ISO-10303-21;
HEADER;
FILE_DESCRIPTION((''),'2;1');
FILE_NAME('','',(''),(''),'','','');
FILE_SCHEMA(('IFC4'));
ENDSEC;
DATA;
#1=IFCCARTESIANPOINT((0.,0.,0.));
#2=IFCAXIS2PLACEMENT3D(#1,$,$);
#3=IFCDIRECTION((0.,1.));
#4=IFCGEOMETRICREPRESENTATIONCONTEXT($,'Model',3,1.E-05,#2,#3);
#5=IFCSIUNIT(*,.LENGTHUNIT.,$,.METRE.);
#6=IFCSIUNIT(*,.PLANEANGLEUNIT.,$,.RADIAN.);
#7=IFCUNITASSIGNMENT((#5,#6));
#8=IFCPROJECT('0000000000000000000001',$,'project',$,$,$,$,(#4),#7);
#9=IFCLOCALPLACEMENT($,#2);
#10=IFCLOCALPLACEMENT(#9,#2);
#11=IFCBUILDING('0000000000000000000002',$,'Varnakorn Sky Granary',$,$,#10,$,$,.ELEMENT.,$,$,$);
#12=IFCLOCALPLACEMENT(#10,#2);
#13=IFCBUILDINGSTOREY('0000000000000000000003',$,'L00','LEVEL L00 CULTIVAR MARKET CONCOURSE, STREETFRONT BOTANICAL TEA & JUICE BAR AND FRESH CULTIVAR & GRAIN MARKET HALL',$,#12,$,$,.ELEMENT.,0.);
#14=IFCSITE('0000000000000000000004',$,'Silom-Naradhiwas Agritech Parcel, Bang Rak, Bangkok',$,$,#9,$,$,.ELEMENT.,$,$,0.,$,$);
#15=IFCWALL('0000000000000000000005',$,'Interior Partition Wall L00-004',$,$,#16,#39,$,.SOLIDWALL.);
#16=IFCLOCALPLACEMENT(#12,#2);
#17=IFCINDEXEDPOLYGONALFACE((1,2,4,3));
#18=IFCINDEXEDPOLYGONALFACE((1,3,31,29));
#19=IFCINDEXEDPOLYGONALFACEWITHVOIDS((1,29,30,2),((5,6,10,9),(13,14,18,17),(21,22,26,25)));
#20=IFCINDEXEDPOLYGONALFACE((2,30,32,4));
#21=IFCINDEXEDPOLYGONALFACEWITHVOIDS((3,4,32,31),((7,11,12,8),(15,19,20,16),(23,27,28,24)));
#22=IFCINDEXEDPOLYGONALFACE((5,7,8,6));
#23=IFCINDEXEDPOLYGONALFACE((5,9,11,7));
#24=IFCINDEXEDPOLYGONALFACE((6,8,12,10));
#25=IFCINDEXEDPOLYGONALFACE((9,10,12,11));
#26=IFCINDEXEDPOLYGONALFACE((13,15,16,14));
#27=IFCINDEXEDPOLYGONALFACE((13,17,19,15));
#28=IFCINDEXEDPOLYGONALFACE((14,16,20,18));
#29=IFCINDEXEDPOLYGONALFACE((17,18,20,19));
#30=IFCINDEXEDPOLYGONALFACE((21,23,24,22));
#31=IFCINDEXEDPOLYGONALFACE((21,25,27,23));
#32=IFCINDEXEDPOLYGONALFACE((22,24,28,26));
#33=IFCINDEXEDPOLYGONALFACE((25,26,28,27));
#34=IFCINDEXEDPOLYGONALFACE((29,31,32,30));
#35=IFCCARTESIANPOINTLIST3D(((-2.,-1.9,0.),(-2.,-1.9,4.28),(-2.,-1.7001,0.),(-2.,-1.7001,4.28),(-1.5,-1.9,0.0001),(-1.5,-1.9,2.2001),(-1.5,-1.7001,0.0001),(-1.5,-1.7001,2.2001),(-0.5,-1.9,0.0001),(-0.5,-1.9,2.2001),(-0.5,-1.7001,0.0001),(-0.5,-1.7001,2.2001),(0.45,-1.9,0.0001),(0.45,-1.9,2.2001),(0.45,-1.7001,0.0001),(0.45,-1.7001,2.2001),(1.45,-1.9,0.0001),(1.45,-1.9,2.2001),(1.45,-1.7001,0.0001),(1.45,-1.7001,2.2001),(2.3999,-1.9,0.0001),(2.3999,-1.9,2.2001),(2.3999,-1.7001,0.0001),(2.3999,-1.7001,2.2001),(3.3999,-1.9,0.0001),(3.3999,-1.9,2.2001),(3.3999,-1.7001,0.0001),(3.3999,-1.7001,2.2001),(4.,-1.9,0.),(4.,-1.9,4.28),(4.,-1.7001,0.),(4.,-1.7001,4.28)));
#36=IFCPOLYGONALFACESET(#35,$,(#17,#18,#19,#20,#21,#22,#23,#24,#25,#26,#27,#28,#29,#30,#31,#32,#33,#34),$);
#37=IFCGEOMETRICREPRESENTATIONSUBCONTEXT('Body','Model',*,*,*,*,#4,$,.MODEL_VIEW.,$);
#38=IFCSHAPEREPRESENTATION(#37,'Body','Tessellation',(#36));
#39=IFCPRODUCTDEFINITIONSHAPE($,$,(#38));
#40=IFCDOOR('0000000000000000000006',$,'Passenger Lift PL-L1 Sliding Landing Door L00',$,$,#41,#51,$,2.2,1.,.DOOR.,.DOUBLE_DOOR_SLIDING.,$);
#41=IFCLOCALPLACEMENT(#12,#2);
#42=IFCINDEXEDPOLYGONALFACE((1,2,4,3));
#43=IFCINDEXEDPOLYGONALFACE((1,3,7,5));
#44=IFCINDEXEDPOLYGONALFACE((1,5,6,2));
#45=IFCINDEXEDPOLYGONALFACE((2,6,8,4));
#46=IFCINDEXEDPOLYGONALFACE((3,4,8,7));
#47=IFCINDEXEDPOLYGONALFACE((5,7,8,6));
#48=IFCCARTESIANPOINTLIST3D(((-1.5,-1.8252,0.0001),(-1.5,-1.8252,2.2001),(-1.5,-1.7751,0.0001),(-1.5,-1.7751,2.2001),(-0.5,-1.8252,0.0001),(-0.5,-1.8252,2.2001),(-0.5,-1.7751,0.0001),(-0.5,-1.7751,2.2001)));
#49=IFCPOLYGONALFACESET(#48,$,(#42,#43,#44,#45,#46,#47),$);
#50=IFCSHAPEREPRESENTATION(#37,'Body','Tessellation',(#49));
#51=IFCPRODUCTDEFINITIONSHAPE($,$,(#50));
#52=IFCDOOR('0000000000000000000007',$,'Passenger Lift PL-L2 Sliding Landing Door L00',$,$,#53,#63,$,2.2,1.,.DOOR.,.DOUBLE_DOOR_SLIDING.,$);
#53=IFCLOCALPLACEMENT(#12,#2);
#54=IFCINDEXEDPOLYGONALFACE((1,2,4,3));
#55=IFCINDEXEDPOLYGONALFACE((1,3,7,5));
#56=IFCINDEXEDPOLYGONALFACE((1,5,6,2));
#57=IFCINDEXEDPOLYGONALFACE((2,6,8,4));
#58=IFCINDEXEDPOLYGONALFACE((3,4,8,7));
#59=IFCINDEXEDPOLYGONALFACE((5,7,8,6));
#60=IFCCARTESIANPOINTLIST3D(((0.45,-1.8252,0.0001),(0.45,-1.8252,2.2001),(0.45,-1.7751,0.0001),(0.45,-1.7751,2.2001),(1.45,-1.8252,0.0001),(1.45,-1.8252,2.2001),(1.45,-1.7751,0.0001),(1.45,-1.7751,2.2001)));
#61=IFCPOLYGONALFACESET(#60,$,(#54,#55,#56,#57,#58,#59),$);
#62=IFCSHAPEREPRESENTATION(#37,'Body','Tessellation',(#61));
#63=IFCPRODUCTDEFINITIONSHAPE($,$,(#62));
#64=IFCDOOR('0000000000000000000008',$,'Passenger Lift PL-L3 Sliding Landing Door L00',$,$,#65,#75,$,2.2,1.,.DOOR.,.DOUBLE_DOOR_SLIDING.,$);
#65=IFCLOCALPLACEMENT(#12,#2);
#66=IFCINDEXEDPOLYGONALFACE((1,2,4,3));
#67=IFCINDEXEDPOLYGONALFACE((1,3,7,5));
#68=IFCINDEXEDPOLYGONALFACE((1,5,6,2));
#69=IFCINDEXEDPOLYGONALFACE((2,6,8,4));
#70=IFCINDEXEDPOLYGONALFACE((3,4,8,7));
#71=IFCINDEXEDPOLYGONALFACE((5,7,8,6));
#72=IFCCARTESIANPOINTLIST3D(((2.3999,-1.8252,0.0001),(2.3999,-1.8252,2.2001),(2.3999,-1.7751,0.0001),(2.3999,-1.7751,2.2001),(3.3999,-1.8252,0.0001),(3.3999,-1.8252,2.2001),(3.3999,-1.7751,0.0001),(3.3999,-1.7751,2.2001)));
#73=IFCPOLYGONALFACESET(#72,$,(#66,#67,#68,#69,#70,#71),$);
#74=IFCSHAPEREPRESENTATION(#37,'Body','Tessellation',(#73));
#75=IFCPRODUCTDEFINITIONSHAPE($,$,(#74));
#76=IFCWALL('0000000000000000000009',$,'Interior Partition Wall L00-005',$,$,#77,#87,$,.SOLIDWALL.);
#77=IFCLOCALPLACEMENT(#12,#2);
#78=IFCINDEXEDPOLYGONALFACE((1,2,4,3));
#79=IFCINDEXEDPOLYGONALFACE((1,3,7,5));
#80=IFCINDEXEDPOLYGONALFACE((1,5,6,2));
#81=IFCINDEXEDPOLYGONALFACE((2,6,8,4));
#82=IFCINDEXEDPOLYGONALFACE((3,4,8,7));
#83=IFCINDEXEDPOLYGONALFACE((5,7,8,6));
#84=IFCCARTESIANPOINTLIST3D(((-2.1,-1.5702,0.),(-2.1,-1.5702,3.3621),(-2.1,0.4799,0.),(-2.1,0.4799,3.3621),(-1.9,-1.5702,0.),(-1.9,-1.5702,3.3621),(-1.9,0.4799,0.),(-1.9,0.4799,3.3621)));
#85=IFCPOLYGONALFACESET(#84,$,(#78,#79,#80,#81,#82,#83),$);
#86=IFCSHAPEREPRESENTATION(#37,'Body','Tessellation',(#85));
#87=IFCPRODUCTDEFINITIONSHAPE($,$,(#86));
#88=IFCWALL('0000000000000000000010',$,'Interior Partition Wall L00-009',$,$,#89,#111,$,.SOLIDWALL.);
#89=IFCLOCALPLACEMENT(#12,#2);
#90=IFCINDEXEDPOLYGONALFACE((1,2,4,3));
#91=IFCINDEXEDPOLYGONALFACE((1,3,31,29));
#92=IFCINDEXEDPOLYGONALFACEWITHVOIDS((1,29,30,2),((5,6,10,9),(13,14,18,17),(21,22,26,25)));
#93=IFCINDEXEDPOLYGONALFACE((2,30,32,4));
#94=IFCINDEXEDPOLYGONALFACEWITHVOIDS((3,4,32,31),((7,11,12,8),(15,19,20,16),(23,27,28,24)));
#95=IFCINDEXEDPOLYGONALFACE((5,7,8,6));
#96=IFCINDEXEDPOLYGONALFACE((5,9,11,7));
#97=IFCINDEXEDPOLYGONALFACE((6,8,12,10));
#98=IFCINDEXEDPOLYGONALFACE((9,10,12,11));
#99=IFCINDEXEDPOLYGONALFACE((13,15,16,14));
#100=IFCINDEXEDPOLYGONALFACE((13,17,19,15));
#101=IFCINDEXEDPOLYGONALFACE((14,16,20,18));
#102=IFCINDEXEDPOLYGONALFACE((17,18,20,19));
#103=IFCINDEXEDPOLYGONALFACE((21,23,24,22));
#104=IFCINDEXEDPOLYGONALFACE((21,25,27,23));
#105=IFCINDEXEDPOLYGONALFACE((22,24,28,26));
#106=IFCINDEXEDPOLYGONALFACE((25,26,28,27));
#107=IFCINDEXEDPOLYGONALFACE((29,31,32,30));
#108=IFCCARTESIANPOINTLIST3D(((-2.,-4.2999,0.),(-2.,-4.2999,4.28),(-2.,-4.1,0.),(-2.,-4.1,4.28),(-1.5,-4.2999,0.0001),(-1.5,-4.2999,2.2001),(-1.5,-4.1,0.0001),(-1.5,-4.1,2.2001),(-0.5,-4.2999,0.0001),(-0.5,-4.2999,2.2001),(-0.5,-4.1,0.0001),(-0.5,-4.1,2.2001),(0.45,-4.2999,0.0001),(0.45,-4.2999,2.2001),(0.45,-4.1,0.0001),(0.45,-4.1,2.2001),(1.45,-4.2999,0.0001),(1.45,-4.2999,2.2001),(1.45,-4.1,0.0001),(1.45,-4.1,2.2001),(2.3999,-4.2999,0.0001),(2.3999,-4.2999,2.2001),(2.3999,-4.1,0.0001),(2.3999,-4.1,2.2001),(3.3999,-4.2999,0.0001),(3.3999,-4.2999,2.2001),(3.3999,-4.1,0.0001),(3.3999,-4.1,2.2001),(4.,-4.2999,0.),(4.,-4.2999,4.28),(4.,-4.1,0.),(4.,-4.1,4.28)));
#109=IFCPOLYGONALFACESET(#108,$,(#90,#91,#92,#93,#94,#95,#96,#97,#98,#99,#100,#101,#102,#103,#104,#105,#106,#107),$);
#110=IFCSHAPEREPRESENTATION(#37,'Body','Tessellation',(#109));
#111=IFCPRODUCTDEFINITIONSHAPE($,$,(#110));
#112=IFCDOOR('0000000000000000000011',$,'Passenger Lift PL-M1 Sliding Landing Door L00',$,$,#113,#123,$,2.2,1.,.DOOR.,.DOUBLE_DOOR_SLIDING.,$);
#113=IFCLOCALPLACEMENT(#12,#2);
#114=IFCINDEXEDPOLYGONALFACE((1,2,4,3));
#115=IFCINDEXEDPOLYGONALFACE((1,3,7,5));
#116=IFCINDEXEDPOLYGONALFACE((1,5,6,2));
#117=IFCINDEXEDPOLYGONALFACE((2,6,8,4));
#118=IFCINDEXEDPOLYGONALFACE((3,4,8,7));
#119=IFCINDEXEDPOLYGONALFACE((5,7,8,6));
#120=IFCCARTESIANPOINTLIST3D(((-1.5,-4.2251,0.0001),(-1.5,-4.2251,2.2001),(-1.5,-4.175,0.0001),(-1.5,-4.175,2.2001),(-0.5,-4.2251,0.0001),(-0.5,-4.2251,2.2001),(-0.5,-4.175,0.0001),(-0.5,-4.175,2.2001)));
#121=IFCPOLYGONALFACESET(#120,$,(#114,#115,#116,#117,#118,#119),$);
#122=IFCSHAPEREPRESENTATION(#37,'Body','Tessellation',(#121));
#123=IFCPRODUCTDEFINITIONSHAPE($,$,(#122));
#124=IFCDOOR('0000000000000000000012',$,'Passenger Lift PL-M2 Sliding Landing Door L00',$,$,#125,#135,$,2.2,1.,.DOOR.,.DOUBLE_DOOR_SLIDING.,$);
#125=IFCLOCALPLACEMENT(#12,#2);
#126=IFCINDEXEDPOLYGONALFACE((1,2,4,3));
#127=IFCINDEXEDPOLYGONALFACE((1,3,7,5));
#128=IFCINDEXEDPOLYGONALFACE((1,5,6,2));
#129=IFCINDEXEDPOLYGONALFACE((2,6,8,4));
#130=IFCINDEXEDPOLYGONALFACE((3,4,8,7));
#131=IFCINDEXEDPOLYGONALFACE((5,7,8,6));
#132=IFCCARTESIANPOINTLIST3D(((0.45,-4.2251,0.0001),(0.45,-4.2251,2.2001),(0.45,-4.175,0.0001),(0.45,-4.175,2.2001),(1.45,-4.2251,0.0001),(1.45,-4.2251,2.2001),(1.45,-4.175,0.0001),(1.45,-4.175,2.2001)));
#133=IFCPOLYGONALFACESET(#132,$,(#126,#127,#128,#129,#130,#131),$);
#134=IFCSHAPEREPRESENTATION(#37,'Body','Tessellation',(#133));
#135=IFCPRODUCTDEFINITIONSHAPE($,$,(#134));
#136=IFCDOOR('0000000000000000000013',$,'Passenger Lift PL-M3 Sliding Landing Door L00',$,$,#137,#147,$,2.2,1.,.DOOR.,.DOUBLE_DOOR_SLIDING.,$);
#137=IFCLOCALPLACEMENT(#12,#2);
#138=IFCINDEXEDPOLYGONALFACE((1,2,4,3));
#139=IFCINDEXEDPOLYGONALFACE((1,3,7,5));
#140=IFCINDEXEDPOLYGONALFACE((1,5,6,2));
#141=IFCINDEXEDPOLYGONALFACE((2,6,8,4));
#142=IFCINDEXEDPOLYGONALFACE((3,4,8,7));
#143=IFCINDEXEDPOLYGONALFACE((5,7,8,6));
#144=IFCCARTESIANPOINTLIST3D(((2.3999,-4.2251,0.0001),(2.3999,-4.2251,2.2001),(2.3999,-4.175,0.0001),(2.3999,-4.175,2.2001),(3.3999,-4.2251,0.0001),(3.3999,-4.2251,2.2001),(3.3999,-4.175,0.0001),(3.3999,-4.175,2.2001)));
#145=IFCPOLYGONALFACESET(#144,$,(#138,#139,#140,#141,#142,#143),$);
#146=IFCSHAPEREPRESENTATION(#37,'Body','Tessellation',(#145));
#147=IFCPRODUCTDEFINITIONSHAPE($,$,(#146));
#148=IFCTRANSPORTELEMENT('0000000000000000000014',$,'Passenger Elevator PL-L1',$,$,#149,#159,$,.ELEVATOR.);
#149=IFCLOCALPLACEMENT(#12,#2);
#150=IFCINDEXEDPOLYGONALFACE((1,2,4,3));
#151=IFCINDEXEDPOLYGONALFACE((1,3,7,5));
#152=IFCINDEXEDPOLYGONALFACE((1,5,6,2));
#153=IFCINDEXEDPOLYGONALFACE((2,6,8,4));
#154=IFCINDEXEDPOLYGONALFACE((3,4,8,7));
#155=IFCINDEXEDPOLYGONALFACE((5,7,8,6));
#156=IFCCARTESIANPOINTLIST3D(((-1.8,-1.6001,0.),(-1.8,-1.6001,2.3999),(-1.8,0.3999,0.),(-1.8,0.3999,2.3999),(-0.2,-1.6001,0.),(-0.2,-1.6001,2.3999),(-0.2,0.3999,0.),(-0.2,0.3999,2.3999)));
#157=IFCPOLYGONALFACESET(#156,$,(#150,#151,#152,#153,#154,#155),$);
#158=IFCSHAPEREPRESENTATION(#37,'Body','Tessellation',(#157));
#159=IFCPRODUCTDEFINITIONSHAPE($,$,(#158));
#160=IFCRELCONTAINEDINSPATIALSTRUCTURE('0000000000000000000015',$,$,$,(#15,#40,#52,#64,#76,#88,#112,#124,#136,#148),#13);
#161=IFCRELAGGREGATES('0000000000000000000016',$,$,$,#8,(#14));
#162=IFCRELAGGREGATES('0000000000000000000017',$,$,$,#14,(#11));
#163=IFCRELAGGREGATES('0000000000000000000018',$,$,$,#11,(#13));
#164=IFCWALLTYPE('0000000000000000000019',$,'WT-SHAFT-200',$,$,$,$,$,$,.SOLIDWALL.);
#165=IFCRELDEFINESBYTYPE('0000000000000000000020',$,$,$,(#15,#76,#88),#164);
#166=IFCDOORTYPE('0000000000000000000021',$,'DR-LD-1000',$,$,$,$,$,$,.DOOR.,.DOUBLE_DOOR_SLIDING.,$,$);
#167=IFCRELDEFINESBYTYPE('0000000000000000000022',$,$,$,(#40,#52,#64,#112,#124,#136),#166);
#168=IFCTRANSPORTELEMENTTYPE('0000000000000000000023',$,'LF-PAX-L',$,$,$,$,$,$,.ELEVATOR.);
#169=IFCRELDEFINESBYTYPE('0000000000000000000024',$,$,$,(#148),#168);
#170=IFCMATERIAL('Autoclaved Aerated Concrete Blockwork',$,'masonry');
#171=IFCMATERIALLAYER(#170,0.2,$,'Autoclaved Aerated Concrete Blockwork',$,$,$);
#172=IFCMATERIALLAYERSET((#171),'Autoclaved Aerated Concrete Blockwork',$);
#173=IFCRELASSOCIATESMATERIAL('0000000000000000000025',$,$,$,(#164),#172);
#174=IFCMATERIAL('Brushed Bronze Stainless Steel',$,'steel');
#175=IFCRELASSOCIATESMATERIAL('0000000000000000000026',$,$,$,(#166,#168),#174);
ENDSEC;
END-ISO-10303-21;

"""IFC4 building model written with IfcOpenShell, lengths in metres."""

from ifc_helpers import new_model, si_unit, direction, frame, frame_2d, origin, origin_2d, place, context, subcontext, project, spatial, rectangle, extrude, material, layer, layer_set, type_object, element, fill, save


model = new_model("IFC4")

# Units and contexts
model_context = context("Model", 3, precision=1e-05, world=origin(), true_north=direction((0.0, 1.0)))
body_context = subcontext(model_context, "Body", "Model", "MODEL_VIEW")
ifc_project = project(units=[si_unit("LENGTHUNIT", "METRE"), si_unit("PLANEANGLEUNIT", "RADIAN")], contexts=[model_context])

# Site, building, storey
site_placement = place(None, origin())
site = spatial("IfcSite", under=ifc_project, at=site_placement, Name="Silom-Naradhiwas Agritech Parcel, Bang Rak, Bangkok", CompositionType="ELEMENT", RefElevation=0.0)
building_placement = place(site_placement, origin())
building = spatial("IfcBuilding", under=site, at=building_placement, Name="Varnakorn Sky Granary", CompositionType="ELEMENT")
storey_placement = place(building_placement, origin())
storey = spatial("IfcBuildingStorey", under=building, at=storey_placement, Name="L00", Description="LEVEL L00 CULTIVAR MARKET CONCOURSE, STREETFRONT BOTANICAL TEA & JUICE BAR AND FRESH CULTIVAR & GRAIN MARKET HALL", CompositionType="ELEMENT", Elevation=0.0)

# Shared definitions
ifc_material_1 = material(Name="Brushed Bronze Stainless Steel", Category="steel")

# Shared definitions
ifc_material_2 = material(Name="Autoclaved Aerated Concrete Blockwork", Category="masonry")

# Wall, openings, doors
ifc_layer_1 = layer(ifc_material_2, 0.2, Name="Autoclaved Aerated Concrete Blockwork")
ifc_layer_set_1 = layer_set([ifc_layer_1], Name="Autoclaved Aerated Concrete Blockwork")
wall_type_1 = type_object("IfcWallType", Name="WT-SHAFT-200", PredefinedType="SOLIDWALL", material=ifc_layer_set_1)
wall_1_placement = place(storey_placement, frame((-2.0, -1.8, 0.0), z_axis=(0.0, 0.0, 1.0), x_axis=(1.0, 0.0, 0.0)))
wall_1 = element("IfcWall", 1, at=wall_1_placement, inside=storey, type_object=wall_type_1, Name="Interior Partition Wall L00-004", PredefinedType="SOLIDWALL", context=body_context, shape_type="SweptSolid", body=[
    extrude(rectangle(XDim=6.0, YDim=0.2, at=frame_2d((3.0, 0.0))), origin(), (0.0, 0.0, 1.0), 4.28),
])
opening_1_placement = place(wall_1_placement, frame((0.5, 0.0, 0.0)))
opening_1 = element("IfcOpeningElement", 2, at=opening_1_placement, cuts=wall_1, PredefinedType="OPENING", context=body_context, shape_type="SweptSolid", body=[
    extrude(rectangle(XDim=1.0, YDim=2.2, at=frame_2d((0.5, 1.1001))), frame((0.0, 0.1099, 0.0), z_axis=(0.0, -1.0, 0.0), x_axis=(1.0, 0.0, 0.0)), (0.0, 0.0, 1.0), 0.22),
])
opening_2_placement = place(wall_1_placement, frame((2.45, 0.0, 0.0)))
opening_2 = element("IfcOpeningElement", 3, at=opening_2_placement, cuts=wall_1, PredefinedType="OPENING", context=body_context, shape_type="SweptSolid", body=[
    extrude(rectangle(XDim=1.0, YDim=2.2, at=frame_2d((0.5, 1.1001))), frame((0.0, 0.1099, 0.0), z_axis=(0.0, -1.0, 0.0), x_axis=(1.0, 0.0, 0.0)), (0.0, 0.0, 1.0), 0.22),
])
opening_3_placement = place(wall_1_placement, frame((4.3999, 0.0, 0.0)))
opening_3 = element("IfcOpeningElement", 4, at=opening_3_placement, cuts=wall_1, PredefinedType="OPENING", context=body_context, shape_type="SweptSolid", body=[
    extrude(rectangle(XDim=1.0, YDim=2.2, at=frame_2d((0.5, 1.1001))), frame((0.0, 0.1099, 0.0), z_axis=(0.0, -1.0, 0.0), x_axis=(1.0, 0.0, 0.0)), (0.0, 0.0, 1.0), 0.22),
])
door_type_1 = type_object("IfcDoorType", Name="DR-LD-1000", OperationType="DOUBLE_DOOR_SLIDING", PredefinedType="DOOR", material=ifc_material_1)
door_1_placement = place(opening_1_placement, origin())
door_1 = element("IfcDoor", 5, at=door_1_placement, inside=storey, type_object=door_type_1, Name="Passenger Lift PL-L1 Sliding Landing Door L00", OperationType="DOUBLE_DOOR_SLIDING", OverallHeight=2.2, OverallWidth=1.0, PredefinedType="DOOR", context=body_context, shape_type="SweptSolid", body=[
    extrude(rectangle(XDim=1.0, YDim=2.2, at=frame_2d((0.5, 1.1001))), frame((0.0, 0.0249, 0.0), z_axis=(0.0, -1.0, 0.0), x_axis=(1.0, 0.0, 0.0)), (0.0, 0.0, 1.0), 0.05),
])
fill(opening_1, door_1)
door_2_placement = place(opening_2_placement, origin())
door_2 = element("IfcDoor", 6, at=door_2_placement, inside=storey, type_object=door_type_1, Name="Passenger Lift PL-L2 Sliding Landing Door L00", OperationType="DOUBLE_DOOR_SLIDING", OverallHeight=2.2, OverallWidth=1.0, PredefinedType="DOOR", context=body_context, shape_type="SweptSolid", body=[
    extrude(rectangle(XDim=1.0, YDim=2.2, at=frame_2d((0.5, 1.1001))), frame((0.0, 0.0249, 0.0), z_axis=(0.0, -1.0, 0.0), x_axis=(1.0, 0.0, 0.0)), (0.0, 0.0, 1.0), 0.05),
])
fill(opening_2, door_2)
door_3_placement = place(opening_3_placement, origin())
door_3 = element("IfcDoor", 7, at=door_3_placement, inside=storey, type_object=door_type_1, Name="Passenger Lift PL-L3 Sliding Landing Door L00", OperationType="DOUBLE_DOOR_SLIDING", OverallHeight=2.2, OverallWidth=1.0, PredefinedType="DOOR", context=body_context, shape_type="SweptSolid", body=[
    extrude(rectangle(XDim=1.0, YDim=2.2, at=frame_2d((0.5, 1.1001))), frame((0.0, 0.0249, 0.0), z_axis=(0.0, -1.0, 0.0), x_axis=(1.0, 0.0, 0.0)), (0.0, 0.0, 1.0), 0.05),
])
fill(opening_3, door_3)

# Wall
wall_2_placement = place(storey_placement, frame((-2.0, -1.5701, 0.0), z_axis=(0.0, 0.0, 1.0), x_axis=(0.0, 1.0, 0.0)))
element("IfcWall", 8, at=wall_2_placement, inside=storey, type_object=wall_type_1, Name="Interior Partition Wall L00-005", PredefinedType="SOLIDWALL", context=body_context, shape_type="SweptSolid", body=[
    extrude(rectangle(XDim=2.05, YDim=0.2, at=frame_2d((1.0249, 0.0))), origin(), (0.0, 0.0, 1.0), 3.3621),
])

# Wall, openings, doors
wall_3_placement = place(storey_placement, frame((-2.0, -4.2, 0.0), z_axis=(0.0, 0.0, 1.0), x_axis=(1.0, 0.0, 0.0)))
wall_3 = element("IfcWall", 9, at=wall_3_placement, inside=storey, type_object=wall_type_1, Name="Interior Partition Wall L00-009", PredefinedType="SOLIDWALL", context=body_context, shape_type="SweptSolid", body=[
    extrude(rectangle(XDim=6.0, YDim=0.2, at=frame_2d((3.0, 0.0))), origin(), (0.0, 0.0, 1.0), 4.28),
])
opening_4_placement = place(wall_3_placement, frame((0.5, 0.0, 0.0)))
opening_4 = element("IfcOpeningElement", 10, at=opening_4_placement, cuts=wall_3, PredefinedType="OPENING", context=body_context, shape_type="SweptSolid", body=[
    extrude(rectangle(XDim=1.0, YDim=2.2, at=frame_2d((0.5, 1.1001))), frame((0.0, 0.1099, 0.0), z_axis=(0.0, -1.0, 0.0), x_axis=(1.0, 0.0, 0.0)), (0.0, 0.0, 1.0), 0.22),
])
opening_5_placement = place(wall_3_placement, frame((2.45, 0.0, 0.0)))
opening_5 = element("IfcOpeningElement", 11, at=opening_5_placement, cuts=wall_3, PredefinedType="OPENING", context=body_context, shape_type="SweptSolid", body=[
    extrude(rectangle(XDim=1.0, YDim=2.2, at=frame_2d((0.5, 1.1001))), frame((0.0, 0.1099, 0.0), z_axis=(0.0, -1.0, 0.0), x_axis=(1.0, 0.0, 0.0)), (0.0, 0.0, 1.0), 0.22),
])
opening_6_placement = place(wall_3_placement, frame((4.3999, 0.0, 0.0)))
opening_6 = element("IfcOpeningElement", 12, at=opening_6_placement, cuts=wall_3, PredefinedType="OPENING", context=body_context, shape_type="SweptSolid", body=[
    extrude(rectangle(XDim=1.0, YDim=2.2, at=frame_2d((0.5, 1.1001))), frame((0.0, 0.1099, 0.0), z_axis=(0.0, -1.0, 0.0), x_axis=(1.0, 0.0, 0.0)), (0.0, 0.0, 1.0), 0.22),
])
door_4_placement = place(opening_4_placement, origin())
door_4 = element("IfcDoor", 13, at=door_4_placement, inside=storey, type_object=door_type_1, Name="Passenger Lift PL-M1 Sliding Landing Door L00", OperationType="DOUBLE_DOOR_SLIDING", OverallHeight=2.2, OverallWidth=1.0, PredefinedType="DOOR", context=body_context, shape_type="SweptSolid", body=[
    extrude(rectangle(XDim=1.0, YDim=2.2, at=frame_2d((0.5, 1.1001))), frame((0.0, 0.0249, 0.0), z_axis=(0.0, -1.0, 0.0), x_axis=(1.0, 0.0, 0.0)), (0.0, 0.0, 1.0), 0.05),
])
fill(opening_4, door_4)
door_5_placement = place(opening_5_placement, origin())
door_5 = element("IfcDoor", 14, at=door_5_placement, inside=storey, type_object=door_type_1, Name="Passenger Lift PL-M2 Sliding Landing Door L00", OperationType="DOUBLE_DOOR_SLIDING", OverallHeight=2.2, OverallWidth=1.0, PredefinedType="DOOR", context=body_context, shape_type="SweptSolid", body=[
    extrude(rectangle(XDim=1.0, YDim=2.2, at=frame_2d((0.5, 1.1001))), frame((0.0, 0.0249, 0.0), z_axis=(0.0, -1.0, 0.0), x_axis=(1.0, 0.0, 0.0)), (0.0, 0.0, 1.0), 0.05),
])
fill(opening_5, door_5)
door_6_placement = place(opening_6_placement, origin())
door_6 = element("IfcDoor", 15, at=door_6_placement, inside=storey, type_object=door_type_1, Name="Passenger Lift PL-M3 Sliding Landing Door L00", OperationType="DOUBLE_DOOR_SLIDING", OverallHeight=2.2, OverallWidth=1.0, PredefinedType="DOOR", context=body_context, shape_type="SweptSolid", body=[
    extrude(rectangle(XDim=1.0, YDim=2.2, at=frame_2d((0.5, 1.1001))), frame((0.0, 0.0249, 0.0), z_axis=(0.0, -1.0, 0.0), x_axis=(1.0, 0.0, 0.0)), (0.0, 0.0, 1.0), 0.05),
])
fill(opening_6, door_6)

# Transport element
transport_element_type_1 = type_object("IfcTransportElementType", Name="LF-PAX-L", PredefinedType="ELEVATOR", material=ifc_material_1)
transport_element_1_placement = place(storey_placement, frame((-1.0, -0.6001, 0.0), z_axis=(0.0, 0.0, 1.0), x_axis=(1.0, 0.0, 0.0)))
element("IfcTransportElement", 16, at=transport_element_1_placement, inside=storey, type_object=transport_element_type_1, Name="Passenger Elevator PL-L1", PredefinedType="ELEVATOR", context=body_context, shape_type="SweptSolid", body=[
    extrude(rectangle(XDim=1.6001, YDim=2.0, at=origin_2d()), origin(), (0.0, 0.0, 1.0), 2.3999),
])

save(model, "model.ifc")
